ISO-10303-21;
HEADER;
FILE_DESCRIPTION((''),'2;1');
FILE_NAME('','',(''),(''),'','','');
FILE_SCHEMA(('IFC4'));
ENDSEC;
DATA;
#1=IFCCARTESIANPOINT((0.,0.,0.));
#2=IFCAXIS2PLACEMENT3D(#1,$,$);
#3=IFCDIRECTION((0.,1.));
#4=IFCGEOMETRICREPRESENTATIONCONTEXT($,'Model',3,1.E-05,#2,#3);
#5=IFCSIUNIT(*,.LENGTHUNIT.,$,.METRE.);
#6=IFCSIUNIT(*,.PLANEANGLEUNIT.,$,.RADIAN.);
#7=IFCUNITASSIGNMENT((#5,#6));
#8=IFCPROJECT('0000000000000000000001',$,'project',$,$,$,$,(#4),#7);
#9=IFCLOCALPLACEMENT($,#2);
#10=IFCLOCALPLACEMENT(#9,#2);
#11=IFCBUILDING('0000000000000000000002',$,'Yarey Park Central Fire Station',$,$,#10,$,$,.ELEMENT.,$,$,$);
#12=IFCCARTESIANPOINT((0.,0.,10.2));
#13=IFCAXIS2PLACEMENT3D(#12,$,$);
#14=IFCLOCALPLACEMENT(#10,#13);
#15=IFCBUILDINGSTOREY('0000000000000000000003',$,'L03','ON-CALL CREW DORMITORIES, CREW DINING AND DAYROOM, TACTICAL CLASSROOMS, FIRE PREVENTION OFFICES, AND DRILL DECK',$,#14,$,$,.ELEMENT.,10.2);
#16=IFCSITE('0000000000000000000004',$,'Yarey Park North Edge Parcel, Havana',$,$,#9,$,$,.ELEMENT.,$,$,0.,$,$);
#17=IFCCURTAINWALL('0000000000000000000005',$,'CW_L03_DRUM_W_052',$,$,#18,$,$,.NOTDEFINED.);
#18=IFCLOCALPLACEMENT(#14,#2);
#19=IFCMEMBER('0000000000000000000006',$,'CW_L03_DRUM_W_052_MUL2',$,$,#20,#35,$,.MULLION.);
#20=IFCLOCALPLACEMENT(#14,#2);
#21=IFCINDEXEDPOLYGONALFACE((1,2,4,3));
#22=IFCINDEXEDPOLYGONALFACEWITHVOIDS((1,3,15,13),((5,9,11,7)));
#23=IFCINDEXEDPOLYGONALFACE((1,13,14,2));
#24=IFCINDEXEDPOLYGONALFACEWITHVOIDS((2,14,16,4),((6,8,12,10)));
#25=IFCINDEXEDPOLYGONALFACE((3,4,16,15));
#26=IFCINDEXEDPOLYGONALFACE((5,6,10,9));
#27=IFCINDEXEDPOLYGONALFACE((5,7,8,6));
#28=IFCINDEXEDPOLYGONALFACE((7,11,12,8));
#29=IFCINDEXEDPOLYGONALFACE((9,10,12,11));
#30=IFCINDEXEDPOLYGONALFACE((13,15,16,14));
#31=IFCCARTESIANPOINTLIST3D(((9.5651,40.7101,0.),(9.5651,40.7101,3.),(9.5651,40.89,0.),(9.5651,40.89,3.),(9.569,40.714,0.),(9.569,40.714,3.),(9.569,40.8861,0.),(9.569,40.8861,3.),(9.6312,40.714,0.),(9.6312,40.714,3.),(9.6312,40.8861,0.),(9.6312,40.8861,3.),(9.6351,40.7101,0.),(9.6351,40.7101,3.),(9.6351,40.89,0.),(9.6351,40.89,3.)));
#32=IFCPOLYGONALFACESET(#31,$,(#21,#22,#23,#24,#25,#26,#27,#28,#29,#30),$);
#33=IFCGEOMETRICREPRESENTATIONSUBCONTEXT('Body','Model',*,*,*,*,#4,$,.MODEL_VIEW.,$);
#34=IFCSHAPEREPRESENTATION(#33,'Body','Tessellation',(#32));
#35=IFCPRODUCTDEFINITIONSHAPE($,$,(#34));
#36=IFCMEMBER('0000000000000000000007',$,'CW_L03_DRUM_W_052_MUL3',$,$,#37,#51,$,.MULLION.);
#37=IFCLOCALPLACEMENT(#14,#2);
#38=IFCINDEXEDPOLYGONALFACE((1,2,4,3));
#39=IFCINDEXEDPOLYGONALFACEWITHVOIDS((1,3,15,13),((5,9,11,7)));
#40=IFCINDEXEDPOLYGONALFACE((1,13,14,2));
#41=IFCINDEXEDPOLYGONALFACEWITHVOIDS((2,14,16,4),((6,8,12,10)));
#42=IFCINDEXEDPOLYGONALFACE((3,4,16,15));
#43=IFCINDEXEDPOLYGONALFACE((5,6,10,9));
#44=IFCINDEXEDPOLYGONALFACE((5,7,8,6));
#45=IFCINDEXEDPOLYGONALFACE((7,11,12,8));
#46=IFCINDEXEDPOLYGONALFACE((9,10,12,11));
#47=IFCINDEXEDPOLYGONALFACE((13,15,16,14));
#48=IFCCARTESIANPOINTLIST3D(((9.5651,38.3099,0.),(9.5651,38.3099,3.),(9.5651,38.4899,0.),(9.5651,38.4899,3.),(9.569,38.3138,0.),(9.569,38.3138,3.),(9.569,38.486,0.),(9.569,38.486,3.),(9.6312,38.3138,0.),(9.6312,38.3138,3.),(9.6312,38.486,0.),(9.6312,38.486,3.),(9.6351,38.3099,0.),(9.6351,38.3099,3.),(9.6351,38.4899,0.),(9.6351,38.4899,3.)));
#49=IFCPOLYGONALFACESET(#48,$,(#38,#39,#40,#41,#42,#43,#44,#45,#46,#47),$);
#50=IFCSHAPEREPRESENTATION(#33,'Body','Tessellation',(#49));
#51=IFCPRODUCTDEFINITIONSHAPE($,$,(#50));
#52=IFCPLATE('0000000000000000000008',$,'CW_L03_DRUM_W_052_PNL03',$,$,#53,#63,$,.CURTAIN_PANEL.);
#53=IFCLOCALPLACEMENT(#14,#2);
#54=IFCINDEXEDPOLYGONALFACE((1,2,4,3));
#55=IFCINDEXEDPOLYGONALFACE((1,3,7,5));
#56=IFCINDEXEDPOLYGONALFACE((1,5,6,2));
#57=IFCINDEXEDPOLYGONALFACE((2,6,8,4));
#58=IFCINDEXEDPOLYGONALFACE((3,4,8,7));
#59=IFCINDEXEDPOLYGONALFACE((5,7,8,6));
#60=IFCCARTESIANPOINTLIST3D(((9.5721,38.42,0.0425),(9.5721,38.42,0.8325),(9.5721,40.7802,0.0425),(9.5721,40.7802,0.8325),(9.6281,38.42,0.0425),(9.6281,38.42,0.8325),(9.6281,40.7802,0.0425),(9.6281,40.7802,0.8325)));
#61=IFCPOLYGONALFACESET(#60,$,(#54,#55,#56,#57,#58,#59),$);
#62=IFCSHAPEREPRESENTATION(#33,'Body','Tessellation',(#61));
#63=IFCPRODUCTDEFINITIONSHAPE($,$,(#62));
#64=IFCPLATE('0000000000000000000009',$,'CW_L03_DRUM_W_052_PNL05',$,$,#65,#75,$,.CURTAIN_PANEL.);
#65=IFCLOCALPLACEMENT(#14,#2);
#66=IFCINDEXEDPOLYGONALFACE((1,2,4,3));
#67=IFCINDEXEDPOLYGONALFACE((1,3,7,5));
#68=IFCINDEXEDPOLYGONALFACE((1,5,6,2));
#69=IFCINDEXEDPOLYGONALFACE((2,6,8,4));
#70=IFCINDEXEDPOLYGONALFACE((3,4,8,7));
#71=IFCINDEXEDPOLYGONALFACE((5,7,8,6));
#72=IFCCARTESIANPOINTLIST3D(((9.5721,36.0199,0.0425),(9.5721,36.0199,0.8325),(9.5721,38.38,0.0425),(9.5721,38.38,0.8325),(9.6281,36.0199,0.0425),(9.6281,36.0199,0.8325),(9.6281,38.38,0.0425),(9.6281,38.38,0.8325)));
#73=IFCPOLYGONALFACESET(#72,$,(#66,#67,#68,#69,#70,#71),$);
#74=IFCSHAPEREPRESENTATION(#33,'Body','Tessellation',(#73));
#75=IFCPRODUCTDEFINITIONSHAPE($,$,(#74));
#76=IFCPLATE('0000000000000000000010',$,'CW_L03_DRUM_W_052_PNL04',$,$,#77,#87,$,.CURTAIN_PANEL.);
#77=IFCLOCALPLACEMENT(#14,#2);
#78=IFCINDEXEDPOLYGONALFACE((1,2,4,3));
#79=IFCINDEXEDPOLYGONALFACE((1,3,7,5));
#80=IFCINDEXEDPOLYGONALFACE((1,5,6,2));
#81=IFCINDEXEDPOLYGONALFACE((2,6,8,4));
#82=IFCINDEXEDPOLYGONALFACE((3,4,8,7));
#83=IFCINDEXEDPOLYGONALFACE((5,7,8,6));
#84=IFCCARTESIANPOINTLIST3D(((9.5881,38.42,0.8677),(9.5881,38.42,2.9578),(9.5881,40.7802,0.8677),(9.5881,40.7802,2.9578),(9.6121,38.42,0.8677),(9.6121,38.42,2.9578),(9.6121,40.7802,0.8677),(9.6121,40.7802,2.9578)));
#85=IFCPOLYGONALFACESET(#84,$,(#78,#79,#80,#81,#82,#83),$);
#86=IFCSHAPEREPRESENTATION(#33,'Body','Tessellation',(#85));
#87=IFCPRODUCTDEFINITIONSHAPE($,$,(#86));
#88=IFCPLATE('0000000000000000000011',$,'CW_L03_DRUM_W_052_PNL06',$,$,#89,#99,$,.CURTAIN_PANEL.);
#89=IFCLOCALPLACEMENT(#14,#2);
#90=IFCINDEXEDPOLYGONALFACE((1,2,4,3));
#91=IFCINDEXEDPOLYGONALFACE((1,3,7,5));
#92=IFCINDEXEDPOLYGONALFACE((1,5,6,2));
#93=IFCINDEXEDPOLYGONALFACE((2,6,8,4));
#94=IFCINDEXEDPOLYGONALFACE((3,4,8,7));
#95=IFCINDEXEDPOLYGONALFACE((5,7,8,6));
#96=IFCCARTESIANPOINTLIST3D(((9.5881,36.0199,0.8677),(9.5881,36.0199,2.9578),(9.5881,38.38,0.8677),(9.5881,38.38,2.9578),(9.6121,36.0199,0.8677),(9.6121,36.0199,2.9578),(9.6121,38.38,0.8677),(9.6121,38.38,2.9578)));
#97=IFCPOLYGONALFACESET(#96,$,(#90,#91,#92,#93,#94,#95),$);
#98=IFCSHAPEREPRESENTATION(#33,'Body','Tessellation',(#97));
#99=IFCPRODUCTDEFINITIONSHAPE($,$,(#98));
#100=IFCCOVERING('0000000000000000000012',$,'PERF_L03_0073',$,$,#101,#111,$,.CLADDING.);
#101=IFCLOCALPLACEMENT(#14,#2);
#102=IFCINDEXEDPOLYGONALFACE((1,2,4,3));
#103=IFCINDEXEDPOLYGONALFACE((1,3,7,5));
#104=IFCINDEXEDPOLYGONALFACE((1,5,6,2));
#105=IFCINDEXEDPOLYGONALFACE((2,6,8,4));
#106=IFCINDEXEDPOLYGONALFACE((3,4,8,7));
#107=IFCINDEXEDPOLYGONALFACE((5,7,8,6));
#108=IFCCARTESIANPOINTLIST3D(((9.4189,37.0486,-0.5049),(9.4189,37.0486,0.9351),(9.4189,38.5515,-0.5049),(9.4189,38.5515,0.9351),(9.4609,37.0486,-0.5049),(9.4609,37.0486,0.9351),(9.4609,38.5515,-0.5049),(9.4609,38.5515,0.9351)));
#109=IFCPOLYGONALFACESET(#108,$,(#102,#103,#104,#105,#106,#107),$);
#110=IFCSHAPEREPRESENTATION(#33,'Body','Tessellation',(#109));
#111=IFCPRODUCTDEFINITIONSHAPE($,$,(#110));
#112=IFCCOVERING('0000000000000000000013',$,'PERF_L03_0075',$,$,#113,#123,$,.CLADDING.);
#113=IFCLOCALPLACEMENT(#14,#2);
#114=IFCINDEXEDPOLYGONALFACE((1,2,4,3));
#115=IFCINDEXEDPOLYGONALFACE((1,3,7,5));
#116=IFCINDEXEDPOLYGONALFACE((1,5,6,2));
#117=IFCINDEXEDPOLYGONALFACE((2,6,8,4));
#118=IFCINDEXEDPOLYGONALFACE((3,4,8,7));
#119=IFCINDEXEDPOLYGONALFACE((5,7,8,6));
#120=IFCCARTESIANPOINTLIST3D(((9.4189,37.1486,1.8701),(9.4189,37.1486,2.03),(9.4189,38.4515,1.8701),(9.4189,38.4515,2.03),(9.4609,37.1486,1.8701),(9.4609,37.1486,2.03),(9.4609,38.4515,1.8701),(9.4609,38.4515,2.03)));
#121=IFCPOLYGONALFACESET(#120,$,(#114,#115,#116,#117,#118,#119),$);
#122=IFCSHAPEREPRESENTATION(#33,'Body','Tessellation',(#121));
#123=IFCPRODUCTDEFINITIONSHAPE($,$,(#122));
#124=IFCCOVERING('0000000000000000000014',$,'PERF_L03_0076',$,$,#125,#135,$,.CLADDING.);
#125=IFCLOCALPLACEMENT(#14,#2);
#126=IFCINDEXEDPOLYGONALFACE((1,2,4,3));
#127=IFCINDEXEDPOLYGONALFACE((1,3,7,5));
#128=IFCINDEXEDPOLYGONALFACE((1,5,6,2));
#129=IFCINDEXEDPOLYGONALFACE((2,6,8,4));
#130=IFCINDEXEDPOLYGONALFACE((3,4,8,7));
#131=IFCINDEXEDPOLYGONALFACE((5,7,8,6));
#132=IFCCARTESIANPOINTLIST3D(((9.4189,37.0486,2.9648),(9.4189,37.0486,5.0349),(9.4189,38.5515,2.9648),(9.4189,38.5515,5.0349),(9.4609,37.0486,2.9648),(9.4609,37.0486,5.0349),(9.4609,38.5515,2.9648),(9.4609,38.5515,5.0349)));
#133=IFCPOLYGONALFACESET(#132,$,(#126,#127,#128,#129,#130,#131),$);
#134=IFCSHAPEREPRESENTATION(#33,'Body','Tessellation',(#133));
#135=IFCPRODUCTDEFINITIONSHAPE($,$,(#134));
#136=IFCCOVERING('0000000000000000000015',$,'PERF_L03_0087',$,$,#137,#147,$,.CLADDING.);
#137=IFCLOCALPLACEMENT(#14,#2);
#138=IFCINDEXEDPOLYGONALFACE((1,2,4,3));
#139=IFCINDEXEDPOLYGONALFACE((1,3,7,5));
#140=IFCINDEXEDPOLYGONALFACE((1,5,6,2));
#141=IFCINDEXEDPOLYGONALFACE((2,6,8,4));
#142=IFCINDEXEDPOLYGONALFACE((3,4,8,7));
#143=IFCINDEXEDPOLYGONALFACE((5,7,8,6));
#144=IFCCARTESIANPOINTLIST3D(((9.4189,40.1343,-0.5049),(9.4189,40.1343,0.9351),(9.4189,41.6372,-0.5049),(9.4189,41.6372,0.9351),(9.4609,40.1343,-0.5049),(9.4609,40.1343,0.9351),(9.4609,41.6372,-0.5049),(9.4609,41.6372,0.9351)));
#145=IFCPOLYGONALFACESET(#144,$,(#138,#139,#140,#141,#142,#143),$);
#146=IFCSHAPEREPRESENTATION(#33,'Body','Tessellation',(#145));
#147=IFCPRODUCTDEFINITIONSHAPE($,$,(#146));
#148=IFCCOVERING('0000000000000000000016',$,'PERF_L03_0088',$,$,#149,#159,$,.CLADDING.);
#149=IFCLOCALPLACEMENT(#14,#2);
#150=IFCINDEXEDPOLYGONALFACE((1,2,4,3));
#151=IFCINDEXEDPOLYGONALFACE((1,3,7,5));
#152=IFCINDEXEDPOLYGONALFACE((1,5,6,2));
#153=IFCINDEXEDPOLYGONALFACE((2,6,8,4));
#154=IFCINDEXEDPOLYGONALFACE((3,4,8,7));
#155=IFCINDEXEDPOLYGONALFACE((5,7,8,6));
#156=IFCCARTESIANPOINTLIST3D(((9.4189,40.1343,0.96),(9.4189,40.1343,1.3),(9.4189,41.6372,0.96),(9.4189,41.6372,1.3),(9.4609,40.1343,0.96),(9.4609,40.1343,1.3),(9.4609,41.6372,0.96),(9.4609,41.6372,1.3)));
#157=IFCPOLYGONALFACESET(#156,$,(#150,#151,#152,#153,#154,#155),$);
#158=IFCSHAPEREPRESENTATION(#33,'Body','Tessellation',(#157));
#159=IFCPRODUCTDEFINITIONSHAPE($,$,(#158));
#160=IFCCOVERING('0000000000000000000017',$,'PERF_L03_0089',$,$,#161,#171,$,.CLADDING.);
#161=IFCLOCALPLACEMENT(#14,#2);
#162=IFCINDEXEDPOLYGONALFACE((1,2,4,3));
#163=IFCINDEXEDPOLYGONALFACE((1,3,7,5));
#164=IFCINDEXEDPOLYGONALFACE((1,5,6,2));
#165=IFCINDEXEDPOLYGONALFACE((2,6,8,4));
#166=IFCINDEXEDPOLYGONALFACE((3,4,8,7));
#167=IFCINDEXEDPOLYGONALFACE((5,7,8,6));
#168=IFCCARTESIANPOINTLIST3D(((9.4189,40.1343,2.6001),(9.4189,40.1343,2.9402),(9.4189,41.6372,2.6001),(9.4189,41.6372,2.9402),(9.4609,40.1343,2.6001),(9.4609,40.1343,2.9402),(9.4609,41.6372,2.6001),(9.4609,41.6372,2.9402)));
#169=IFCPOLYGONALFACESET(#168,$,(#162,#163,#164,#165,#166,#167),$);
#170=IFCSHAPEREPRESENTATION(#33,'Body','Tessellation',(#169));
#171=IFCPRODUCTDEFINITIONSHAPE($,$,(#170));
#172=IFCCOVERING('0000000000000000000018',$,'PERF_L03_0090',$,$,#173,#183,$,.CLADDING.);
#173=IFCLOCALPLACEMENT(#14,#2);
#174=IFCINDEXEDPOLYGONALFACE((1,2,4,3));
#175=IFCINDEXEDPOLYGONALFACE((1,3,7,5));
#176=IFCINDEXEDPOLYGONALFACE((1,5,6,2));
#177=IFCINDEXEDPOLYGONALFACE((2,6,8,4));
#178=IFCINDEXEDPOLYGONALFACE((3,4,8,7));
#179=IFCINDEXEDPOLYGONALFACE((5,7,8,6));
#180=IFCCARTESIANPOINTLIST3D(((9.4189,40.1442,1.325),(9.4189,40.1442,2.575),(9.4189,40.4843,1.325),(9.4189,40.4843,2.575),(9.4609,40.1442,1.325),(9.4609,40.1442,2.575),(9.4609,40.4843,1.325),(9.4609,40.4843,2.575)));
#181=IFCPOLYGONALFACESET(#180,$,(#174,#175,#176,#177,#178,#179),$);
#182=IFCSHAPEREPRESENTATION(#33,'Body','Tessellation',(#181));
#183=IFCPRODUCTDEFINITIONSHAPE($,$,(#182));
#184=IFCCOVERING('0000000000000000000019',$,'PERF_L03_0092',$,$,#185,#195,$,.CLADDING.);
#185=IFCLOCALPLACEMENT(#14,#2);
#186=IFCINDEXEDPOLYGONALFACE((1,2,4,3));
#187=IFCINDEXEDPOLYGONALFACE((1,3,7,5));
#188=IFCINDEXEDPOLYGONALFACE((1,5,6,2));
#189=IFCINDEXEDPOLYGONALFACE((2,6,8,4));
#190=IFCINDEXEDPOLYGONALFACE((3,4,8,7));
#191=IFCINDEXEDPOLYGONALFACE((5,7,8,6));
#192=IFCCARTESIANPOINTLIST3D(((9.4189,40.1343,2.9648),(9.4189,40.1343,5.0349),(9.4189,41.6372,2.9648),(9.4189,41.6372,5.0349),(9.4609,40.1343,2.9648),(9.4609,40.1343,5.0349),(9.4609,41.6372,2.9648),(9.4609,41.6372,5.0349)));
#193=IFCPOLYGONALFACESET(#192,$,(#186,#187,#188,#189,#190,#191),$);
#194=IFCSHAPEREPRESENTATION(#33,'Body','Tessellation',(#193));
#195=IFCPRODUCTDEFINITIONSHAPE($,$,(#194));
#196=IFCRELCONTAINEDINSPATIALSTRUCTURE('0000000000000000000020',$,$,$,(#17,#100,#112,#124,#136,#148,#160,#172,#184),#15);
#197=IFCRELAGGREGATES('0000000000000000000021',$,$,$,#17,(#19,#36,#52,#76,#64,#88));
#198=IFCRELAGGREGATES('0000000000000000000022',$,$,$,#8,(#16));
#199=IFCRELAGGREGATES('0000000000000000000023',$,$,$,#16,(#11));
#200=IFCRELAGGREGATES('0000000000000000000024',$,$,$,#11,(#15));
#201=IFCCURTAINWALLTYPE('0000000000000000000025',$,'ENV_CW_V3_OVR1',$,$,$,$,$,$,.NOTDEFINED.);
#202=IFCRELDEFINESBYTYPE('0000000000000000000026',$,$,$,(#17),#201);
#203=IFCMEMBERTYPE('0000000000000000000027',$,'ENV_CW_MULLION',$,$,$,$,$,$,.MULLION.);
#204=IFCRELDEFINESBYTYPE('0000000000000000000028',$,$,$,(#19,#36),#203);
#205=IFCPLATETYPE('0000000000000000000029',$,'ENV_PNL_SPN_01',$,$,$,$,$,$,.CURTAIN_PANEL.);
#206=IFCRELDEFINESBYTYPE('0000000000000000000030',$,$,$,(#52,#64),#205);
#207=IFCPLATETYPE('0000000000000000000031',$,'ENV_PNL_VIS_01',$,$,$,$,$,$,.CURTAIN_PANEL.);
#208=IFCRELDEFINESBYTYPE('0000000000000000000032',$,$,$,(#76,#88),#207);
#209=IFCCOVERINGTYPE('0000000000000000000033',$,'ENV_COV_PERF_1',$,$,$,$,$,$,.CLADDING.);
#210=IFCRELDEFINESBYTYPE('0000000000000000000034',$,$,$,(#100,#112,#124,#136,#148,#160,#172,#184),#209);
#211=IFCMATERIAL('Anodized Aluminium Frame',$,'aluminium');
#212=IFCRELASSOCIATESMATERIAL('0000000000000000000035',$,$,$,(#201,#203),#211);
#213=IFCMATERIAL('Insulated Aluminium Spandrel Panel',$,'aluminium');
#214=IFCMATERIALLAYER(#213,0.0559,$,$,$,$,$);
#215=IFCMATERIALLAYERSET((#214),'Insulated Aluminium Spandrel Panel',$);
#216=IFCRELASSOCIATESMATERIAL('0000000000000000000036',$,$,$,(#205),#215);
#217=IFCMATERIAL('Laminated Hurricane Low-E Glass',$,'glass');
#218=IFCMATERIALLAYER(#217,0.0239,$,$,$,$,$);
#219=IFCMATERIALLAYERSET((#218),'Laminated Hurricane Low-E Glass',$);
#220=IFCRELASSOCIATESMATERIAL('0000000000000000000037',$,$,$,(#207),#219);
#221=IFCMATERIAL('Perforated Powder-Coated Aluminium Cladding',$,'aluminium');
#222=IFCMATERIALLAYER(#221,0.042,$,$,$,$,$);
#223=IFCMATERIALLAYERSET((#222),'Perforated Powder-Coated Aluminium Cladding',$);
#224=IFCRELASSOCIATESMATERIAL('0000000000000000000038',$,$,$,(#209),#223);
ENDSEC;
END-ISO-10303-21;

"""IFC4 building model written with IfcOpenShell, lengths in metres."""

from ifc_helpers import new_model, si_unit, direction, frame, origin, origin_2d, place, context, subcontext, project, spatial, rectangle, hollow_rectangle, extrude, material, layer, layer_set, material_profile, profile_set, type_object, element, aggregate, save


model = new_model("IFC4")

# Units and contexts
model_context = context("Model", 3, precision=1e-05, world=origin(), true_north=direction((0.0, 1.0)))
body_context = subcontext(model_context, "Body", "Model", "MODEL_VIEW")
ifc_project = project(units=[si_unit("LENGTHUNIT", "METRE"), si_unit("PLANEANGLEUNIT", "RADIAN")], contexts=[model_context])

# Site, building, storey
site_placement = place(None, origin())
site = spatial("IfcSite", under=ifc_project, at=site_placement, Name="Yarey Park North Edge Parcel, Havana", CompositionType="ELEMENT", RefElevation=0.0)
building_placement = place(site_placement, origin())
building = spatial("IfcBuilding", under=site, at=building_placement, Name="Yarey Park Central Fire Station", CompositionType="ELEMENT")
storey_placement = place(building_placement, frame((0.0, 0.0, 10.2)))
storey = spatial("IfcBuildingStorey", under=building, at=storey_placement, Name="L03", Description="ON-CALL CREW DORMITORIES, CREW DINING AND DAYROOM, TACTICAL CLASSROOMS, FIRE PREVENTION OFFICES, AND DRILL DECK", CompositionType="ELEMENT", Elevation=10.2)

# Curtain wall, members, plates
ifc_material_1 = material(Name="Anodized Aluminium Frame", Category="aluminium")
curtain_wall_type = type_object("IfcCurtainWallType", Name="ENV_CW_V3_OVR1", PredefinedType="NOTDEFINED", material=ifc_material_1)
curtain_wall_placement = place(storey_placement, origin())
curtain_wall = element("IfcCurtainWall", 1, at=curtain_wall_placement, inside=storey, type_object=curtain_wall_type, Name="CW_L03_DRUM_W_052", PredefinedType="NOTDEFINED")
ifc_material_profile = material_profile(ifc_material_1, hollow_rectangle(XDim=0.0701, YDim=0.1799, WallThickness=0.0039, at=origin_2d()), Name="ALU 180x70x4")
ifc_profile_set = profile_set([ifc_material_profile], Name="Anodized Aluminium Frame")
member_type = type_object("IfcMemberType", Name="ENV_CW_MULLION", PredefinedType="MULLION", material=ifc_profile_set)
member_1_placement = place(storey_placement, frame((9.6001, 40.8, 0.0), z_axis=(0.0, 0.0, 1.0), x_axis=(1.0, 0.0, 0.0)))
member_1 = element("IfcMember", 2, at=member_1_placement, type_object=member_type, Name="CW_L03_DRUM_W_052_MUL2", PredefinedType="MULLION", context=body_context, shape_type="SweptSolid", body=[
    extrude(hollow_rectangle(XDim=0.0701, YDim=0.1799, WallThickness=0.0039, at=origin_2d()), origin(), (0.0, 0.0, 1.0), 3.0),
])
member_2_placement = place(storey_placement, frame((9.6001, 38.3999, 0.0), z_axis=(0.0, 0.0, 1.0), x_axis=(1.0, 0.0, 0.0)))
member_2 = element("IfcMember", 3, at=member_2_placement, type_object=member_type, Name="CW_L03_DRUM_W_052_MUL3", PredefinedType="MULLION", context=body_context, shape_type="SweptSolid", body=[
    extrude(hollow_rectangle(XDim=0.0701, YDim=0.1799, WallThickness=0.0039, at=origin_2d()), origin(), (0.0, 0.0, 1.0), 3.0),
])
ifc_material_2 = material(Name="Insulated Aluminium Spandrel Panel", Category="aluminium")
ifc_layer_1 = layer(ifc_material_2, 0.0559)
ifc_layer_set_1 = layer_set([ifc_layer_1], Name="Insulated Aluminium Spandrel Panel")
plate_type_1 = type_object("IfcPlateType", Name="ENV_PNL_SPN_01", PredefinedType="CURTAIN_PANEL", material=ifc_layer_set_1)
plate_1_placement = place(storey_placement, frame((9.6001, 39.6001, 0.0425), z_axis=(0.0, 0.0, 1.0), x_axis=(0.0, -1.0, 0.0)))
plate_1 = element("IfcPlate", 4, at=plate_1_placement, type_object=plate_type_1, Name="CW_L03_DRUM_W_052_PNL03", PredefinedType="CURTAIN_PANEL", context=body_context, shape_type="SweptSolid", body=[
    extrude(rectangle(XDim=2.3601, YDim=0.0559, at=origin_2d()), origin(), (0.0, 0.0, 1.0), 0.79),
])
plate_2_placement = place(storey_placement, frame((9.6001, 37.2, 0.0425), z_axis=(0.0, 0.0, 1.0), x_axis=(0.0, -1.0, 0.0)))
plate_2 = element("IfcPlate", 5, at=plate_2_placement, type_object=plate_type_1, Name="CW_L03_DRUM_W_052_PNL05", PredefinedType="CURTAIN_PANEL", context=body_context, shape_type="SweptSolid", body=[
    extrude(rectangle(XDim=2.3601, YDim=0.0559, at=origin_2d()), origin(), (0.0, 0.0, 1.0), 0.79),
])
ifc_material_3 = material(Name="Laminated Hurricane Low-E Glass", Category="glass")
ifc_layer_2 = layer(ifc_material_3, 0.0239)
ifc_layer_set_2 = layer_set([ifc_layer_2], Name="Laminated Hurricane Low-E Glass")
plate_type_2 = type_object("IfcPlateType", Name="ENV_PNL_VIS_01", PredefinedType="CURTAIN_PANEL", material=ifc_layer_set_2)
plate_3_placement = place(storey_placement, frame((9.6001, 39.6001, 0.8677), z_axis=(0.0, 0.0, 1.0), x_axis=(0.0, -1.0, 0.0)))
plate_3 = element("IfcPlate", 6, at=plate_3_placement, type_object=plate_type_2, Name="CW_L03_DRUM_W_052_PNL04", PredefinedType="CURTAIN_PANEL", context=body_context, shape_type="SweptSolid", body=[
    extrude(rectangle(XDim=2.3601, YDim=0.0239, at=origin_2d()), origin(), (0.0, 0.0, 1.0), 2.0901),
])
plate_4_placement = place(storey_placement, frame((9.6001, 37.2, 0.8677), z_axis=(0.0, 0.0, 1.0), x_axis=(0.0, -1.0, 0.0)))
plate_4 = element("IfcPlate", 7, at=plate_4_placement, type_object=plate_type_2, Name="CW_L03_DRUM_W_052_PNL06", PredefinedType="CURTAIN_PANEL", context=body_context, shape_type="SweptSolid", body=[
    extrude(rectangle(XDim=2.3601, YDim=0.0239, at=origin_2d()), origin(), (0.0, 0.0, 1.0), 2.0901),
])
aggregate(curtain_wall, [member_1, member_2, plate_1, plate_3, plate_2, plate_4])

# Coverings
ifc_material_4 = material(Name="Perforated Powder-Coated Aluminium Cladding", Category="aluminium")
ifc_layer_3 = layer(ifc_material_4, 0.042)
ifc_layer_set_3 = layer_set([ifc_layer_3], Name="Perforated Powder-Coated Aluminium Cladding")
covering_type_1 = type_object("IfcCoveringType", Name="ENV_COV_PERF_1", PredefinedType="CLADDING", material=ifc_layer_set_3)
covering_1_placement = place(storey_placement, frame((9.4399, 37.8, -0.5049), z_axis=(0.0, 0.0, 1.0), x_axis=(0.0, 1.0, 0.0)))
element("IfcCovering", 8, at=covering_1_placement, inside=storey, type_object=covering_type_1, Name="PERF_L03_0073", PredefinedType="CLADDING", context=body_context, shape_type="SweptSolid", body=[
    extrude(rectangle(XDim=1.5029, YDim=0.042, at=origin_2d()), origin(), (0.0, 0.0, 1.0), 1.4399),
])
covering_2_placement = place(storey_placement, frame((9.4399, 37.8, 1.8701), z_axis=(0.0, 0.0, 1.0), x_axis=(0.0, 1.0, 0.0)))
element("IfcCovering", 9, at=covering_2_placement, inside=storey, type_object=covering_type_1, Name="PERF_L03_0075", PredefinedType="CLADDING", context=body_context, shape_type="SweptSolid", body=[
    extrude(rectangle(XDim=1.303, YDim=0.042, at=origin_2d()), origin(), (0.0, 0.0, 1.0), 0.1599),
])
covering_3_placement = place(storey_placement, frame((9.4399, 37.8, 2.9648), z_axis=(0.0, 0.0, 1.0), x_axis=(0.0, 1.0, 0.0)))
element("IfcCovering", 10, at=covering_3_placement, inside=storey, type_object=covering_type_1, Name="PERF_L03_0076", PredefinedType="CLADDING", context=body_context, shape_type="SweptSolid", body=[
    extrude(rectangle(XDim=1.5029, YDim=0.042, at=origin_2d()), origin(), (0.0, 0.0, 1.0), 2.0701),
])
covering_4_placement = place(storey_placement, frame((9.4399, 40.8857, -0.5049), z_axis=(0.0, 0.0, 1.0), x_axis=(0.0, 1.0, 0.0)))
element("IfcCovering", 11, at=covering_4_placement, inside=storey, type_object=covering_type_1, Name="PERF_L03_0087", PredefinedType="CLADDING", context=body_context, shape_type="SweptSolid", body=[
    extrude(rectangle(XDim=1.5029, YDim=0.042, at=origin_2d()), origin(), (0.0, 0.0, 1.0), 1.4399),
])
for number, where, z_axis, x_axis, name in (
    (12, (9.4399, 40.8857, 0.96), (0.0, 0.0, 1.0), (0.0, 1.0, 0.0), "PERF_L03_0088"),
    (13, (9.4399, 40.8857, 2.6001), (0.0, 0.0, 1.0), (0.0, 1.0, 0.0), "PERF_L03_0089"),
):
    element("IfcCovering", number, at=place(storey_placement, frame(where, z_axis=z_axis, x_axis=x_axis)), inside=storey, type_object=covering_type_1, Name=name, PredefinedType="CLADDING", context=body_context, shape_type="SweptSolid", body=[
        extrude(rectangle(XDim=1.5029, YDim=0.042, at=origin_2d()), origin(), (0.0, 0.0, 1.0), 0.3401),
    ])
covering_5_placement = place(storey_placement, frame((9.4399, 40.3142, 1.325), z_axis=(0.0, 0.0, 1.0), x_axis=(0.0, 1.0, 0.0)))
element("IfcCovering", 14, at=covering_5_placement, inside=storey, type_object=covering_type_1, Name="PERF_L03_0090", PredefinedType="CLADDING", context=body_context, shape_type="SweptSolid", body=[
    extrude(rectangle(XDim=0.3401, YDim=0.042, at=origin_2d()), origin(), (0.0, 0.0, 1.0), 1.25),
])
covering_6_placement = place(storey_placement, frame((9.4399, 40.8857, 2.9648), z_axis=(0.0, 0.0, 1.0), x_axis=(0.0, 1.0, 0.0)))
element("IfcCovering", 15, at=covering_6_placement, inside=storey, type_object=covering_type_1, Name="PERF_L03_0092", PredefinedType="CLADDING", context=body_context, shape_type="SweptSolid", body=[
    extrude(rectangle(XDim=1.5029, YDim=0.042, at=origin_2d()), origin(), (0.0, 0.0, 1.0), 2.0701),
])

save(model, "model.ifc")
